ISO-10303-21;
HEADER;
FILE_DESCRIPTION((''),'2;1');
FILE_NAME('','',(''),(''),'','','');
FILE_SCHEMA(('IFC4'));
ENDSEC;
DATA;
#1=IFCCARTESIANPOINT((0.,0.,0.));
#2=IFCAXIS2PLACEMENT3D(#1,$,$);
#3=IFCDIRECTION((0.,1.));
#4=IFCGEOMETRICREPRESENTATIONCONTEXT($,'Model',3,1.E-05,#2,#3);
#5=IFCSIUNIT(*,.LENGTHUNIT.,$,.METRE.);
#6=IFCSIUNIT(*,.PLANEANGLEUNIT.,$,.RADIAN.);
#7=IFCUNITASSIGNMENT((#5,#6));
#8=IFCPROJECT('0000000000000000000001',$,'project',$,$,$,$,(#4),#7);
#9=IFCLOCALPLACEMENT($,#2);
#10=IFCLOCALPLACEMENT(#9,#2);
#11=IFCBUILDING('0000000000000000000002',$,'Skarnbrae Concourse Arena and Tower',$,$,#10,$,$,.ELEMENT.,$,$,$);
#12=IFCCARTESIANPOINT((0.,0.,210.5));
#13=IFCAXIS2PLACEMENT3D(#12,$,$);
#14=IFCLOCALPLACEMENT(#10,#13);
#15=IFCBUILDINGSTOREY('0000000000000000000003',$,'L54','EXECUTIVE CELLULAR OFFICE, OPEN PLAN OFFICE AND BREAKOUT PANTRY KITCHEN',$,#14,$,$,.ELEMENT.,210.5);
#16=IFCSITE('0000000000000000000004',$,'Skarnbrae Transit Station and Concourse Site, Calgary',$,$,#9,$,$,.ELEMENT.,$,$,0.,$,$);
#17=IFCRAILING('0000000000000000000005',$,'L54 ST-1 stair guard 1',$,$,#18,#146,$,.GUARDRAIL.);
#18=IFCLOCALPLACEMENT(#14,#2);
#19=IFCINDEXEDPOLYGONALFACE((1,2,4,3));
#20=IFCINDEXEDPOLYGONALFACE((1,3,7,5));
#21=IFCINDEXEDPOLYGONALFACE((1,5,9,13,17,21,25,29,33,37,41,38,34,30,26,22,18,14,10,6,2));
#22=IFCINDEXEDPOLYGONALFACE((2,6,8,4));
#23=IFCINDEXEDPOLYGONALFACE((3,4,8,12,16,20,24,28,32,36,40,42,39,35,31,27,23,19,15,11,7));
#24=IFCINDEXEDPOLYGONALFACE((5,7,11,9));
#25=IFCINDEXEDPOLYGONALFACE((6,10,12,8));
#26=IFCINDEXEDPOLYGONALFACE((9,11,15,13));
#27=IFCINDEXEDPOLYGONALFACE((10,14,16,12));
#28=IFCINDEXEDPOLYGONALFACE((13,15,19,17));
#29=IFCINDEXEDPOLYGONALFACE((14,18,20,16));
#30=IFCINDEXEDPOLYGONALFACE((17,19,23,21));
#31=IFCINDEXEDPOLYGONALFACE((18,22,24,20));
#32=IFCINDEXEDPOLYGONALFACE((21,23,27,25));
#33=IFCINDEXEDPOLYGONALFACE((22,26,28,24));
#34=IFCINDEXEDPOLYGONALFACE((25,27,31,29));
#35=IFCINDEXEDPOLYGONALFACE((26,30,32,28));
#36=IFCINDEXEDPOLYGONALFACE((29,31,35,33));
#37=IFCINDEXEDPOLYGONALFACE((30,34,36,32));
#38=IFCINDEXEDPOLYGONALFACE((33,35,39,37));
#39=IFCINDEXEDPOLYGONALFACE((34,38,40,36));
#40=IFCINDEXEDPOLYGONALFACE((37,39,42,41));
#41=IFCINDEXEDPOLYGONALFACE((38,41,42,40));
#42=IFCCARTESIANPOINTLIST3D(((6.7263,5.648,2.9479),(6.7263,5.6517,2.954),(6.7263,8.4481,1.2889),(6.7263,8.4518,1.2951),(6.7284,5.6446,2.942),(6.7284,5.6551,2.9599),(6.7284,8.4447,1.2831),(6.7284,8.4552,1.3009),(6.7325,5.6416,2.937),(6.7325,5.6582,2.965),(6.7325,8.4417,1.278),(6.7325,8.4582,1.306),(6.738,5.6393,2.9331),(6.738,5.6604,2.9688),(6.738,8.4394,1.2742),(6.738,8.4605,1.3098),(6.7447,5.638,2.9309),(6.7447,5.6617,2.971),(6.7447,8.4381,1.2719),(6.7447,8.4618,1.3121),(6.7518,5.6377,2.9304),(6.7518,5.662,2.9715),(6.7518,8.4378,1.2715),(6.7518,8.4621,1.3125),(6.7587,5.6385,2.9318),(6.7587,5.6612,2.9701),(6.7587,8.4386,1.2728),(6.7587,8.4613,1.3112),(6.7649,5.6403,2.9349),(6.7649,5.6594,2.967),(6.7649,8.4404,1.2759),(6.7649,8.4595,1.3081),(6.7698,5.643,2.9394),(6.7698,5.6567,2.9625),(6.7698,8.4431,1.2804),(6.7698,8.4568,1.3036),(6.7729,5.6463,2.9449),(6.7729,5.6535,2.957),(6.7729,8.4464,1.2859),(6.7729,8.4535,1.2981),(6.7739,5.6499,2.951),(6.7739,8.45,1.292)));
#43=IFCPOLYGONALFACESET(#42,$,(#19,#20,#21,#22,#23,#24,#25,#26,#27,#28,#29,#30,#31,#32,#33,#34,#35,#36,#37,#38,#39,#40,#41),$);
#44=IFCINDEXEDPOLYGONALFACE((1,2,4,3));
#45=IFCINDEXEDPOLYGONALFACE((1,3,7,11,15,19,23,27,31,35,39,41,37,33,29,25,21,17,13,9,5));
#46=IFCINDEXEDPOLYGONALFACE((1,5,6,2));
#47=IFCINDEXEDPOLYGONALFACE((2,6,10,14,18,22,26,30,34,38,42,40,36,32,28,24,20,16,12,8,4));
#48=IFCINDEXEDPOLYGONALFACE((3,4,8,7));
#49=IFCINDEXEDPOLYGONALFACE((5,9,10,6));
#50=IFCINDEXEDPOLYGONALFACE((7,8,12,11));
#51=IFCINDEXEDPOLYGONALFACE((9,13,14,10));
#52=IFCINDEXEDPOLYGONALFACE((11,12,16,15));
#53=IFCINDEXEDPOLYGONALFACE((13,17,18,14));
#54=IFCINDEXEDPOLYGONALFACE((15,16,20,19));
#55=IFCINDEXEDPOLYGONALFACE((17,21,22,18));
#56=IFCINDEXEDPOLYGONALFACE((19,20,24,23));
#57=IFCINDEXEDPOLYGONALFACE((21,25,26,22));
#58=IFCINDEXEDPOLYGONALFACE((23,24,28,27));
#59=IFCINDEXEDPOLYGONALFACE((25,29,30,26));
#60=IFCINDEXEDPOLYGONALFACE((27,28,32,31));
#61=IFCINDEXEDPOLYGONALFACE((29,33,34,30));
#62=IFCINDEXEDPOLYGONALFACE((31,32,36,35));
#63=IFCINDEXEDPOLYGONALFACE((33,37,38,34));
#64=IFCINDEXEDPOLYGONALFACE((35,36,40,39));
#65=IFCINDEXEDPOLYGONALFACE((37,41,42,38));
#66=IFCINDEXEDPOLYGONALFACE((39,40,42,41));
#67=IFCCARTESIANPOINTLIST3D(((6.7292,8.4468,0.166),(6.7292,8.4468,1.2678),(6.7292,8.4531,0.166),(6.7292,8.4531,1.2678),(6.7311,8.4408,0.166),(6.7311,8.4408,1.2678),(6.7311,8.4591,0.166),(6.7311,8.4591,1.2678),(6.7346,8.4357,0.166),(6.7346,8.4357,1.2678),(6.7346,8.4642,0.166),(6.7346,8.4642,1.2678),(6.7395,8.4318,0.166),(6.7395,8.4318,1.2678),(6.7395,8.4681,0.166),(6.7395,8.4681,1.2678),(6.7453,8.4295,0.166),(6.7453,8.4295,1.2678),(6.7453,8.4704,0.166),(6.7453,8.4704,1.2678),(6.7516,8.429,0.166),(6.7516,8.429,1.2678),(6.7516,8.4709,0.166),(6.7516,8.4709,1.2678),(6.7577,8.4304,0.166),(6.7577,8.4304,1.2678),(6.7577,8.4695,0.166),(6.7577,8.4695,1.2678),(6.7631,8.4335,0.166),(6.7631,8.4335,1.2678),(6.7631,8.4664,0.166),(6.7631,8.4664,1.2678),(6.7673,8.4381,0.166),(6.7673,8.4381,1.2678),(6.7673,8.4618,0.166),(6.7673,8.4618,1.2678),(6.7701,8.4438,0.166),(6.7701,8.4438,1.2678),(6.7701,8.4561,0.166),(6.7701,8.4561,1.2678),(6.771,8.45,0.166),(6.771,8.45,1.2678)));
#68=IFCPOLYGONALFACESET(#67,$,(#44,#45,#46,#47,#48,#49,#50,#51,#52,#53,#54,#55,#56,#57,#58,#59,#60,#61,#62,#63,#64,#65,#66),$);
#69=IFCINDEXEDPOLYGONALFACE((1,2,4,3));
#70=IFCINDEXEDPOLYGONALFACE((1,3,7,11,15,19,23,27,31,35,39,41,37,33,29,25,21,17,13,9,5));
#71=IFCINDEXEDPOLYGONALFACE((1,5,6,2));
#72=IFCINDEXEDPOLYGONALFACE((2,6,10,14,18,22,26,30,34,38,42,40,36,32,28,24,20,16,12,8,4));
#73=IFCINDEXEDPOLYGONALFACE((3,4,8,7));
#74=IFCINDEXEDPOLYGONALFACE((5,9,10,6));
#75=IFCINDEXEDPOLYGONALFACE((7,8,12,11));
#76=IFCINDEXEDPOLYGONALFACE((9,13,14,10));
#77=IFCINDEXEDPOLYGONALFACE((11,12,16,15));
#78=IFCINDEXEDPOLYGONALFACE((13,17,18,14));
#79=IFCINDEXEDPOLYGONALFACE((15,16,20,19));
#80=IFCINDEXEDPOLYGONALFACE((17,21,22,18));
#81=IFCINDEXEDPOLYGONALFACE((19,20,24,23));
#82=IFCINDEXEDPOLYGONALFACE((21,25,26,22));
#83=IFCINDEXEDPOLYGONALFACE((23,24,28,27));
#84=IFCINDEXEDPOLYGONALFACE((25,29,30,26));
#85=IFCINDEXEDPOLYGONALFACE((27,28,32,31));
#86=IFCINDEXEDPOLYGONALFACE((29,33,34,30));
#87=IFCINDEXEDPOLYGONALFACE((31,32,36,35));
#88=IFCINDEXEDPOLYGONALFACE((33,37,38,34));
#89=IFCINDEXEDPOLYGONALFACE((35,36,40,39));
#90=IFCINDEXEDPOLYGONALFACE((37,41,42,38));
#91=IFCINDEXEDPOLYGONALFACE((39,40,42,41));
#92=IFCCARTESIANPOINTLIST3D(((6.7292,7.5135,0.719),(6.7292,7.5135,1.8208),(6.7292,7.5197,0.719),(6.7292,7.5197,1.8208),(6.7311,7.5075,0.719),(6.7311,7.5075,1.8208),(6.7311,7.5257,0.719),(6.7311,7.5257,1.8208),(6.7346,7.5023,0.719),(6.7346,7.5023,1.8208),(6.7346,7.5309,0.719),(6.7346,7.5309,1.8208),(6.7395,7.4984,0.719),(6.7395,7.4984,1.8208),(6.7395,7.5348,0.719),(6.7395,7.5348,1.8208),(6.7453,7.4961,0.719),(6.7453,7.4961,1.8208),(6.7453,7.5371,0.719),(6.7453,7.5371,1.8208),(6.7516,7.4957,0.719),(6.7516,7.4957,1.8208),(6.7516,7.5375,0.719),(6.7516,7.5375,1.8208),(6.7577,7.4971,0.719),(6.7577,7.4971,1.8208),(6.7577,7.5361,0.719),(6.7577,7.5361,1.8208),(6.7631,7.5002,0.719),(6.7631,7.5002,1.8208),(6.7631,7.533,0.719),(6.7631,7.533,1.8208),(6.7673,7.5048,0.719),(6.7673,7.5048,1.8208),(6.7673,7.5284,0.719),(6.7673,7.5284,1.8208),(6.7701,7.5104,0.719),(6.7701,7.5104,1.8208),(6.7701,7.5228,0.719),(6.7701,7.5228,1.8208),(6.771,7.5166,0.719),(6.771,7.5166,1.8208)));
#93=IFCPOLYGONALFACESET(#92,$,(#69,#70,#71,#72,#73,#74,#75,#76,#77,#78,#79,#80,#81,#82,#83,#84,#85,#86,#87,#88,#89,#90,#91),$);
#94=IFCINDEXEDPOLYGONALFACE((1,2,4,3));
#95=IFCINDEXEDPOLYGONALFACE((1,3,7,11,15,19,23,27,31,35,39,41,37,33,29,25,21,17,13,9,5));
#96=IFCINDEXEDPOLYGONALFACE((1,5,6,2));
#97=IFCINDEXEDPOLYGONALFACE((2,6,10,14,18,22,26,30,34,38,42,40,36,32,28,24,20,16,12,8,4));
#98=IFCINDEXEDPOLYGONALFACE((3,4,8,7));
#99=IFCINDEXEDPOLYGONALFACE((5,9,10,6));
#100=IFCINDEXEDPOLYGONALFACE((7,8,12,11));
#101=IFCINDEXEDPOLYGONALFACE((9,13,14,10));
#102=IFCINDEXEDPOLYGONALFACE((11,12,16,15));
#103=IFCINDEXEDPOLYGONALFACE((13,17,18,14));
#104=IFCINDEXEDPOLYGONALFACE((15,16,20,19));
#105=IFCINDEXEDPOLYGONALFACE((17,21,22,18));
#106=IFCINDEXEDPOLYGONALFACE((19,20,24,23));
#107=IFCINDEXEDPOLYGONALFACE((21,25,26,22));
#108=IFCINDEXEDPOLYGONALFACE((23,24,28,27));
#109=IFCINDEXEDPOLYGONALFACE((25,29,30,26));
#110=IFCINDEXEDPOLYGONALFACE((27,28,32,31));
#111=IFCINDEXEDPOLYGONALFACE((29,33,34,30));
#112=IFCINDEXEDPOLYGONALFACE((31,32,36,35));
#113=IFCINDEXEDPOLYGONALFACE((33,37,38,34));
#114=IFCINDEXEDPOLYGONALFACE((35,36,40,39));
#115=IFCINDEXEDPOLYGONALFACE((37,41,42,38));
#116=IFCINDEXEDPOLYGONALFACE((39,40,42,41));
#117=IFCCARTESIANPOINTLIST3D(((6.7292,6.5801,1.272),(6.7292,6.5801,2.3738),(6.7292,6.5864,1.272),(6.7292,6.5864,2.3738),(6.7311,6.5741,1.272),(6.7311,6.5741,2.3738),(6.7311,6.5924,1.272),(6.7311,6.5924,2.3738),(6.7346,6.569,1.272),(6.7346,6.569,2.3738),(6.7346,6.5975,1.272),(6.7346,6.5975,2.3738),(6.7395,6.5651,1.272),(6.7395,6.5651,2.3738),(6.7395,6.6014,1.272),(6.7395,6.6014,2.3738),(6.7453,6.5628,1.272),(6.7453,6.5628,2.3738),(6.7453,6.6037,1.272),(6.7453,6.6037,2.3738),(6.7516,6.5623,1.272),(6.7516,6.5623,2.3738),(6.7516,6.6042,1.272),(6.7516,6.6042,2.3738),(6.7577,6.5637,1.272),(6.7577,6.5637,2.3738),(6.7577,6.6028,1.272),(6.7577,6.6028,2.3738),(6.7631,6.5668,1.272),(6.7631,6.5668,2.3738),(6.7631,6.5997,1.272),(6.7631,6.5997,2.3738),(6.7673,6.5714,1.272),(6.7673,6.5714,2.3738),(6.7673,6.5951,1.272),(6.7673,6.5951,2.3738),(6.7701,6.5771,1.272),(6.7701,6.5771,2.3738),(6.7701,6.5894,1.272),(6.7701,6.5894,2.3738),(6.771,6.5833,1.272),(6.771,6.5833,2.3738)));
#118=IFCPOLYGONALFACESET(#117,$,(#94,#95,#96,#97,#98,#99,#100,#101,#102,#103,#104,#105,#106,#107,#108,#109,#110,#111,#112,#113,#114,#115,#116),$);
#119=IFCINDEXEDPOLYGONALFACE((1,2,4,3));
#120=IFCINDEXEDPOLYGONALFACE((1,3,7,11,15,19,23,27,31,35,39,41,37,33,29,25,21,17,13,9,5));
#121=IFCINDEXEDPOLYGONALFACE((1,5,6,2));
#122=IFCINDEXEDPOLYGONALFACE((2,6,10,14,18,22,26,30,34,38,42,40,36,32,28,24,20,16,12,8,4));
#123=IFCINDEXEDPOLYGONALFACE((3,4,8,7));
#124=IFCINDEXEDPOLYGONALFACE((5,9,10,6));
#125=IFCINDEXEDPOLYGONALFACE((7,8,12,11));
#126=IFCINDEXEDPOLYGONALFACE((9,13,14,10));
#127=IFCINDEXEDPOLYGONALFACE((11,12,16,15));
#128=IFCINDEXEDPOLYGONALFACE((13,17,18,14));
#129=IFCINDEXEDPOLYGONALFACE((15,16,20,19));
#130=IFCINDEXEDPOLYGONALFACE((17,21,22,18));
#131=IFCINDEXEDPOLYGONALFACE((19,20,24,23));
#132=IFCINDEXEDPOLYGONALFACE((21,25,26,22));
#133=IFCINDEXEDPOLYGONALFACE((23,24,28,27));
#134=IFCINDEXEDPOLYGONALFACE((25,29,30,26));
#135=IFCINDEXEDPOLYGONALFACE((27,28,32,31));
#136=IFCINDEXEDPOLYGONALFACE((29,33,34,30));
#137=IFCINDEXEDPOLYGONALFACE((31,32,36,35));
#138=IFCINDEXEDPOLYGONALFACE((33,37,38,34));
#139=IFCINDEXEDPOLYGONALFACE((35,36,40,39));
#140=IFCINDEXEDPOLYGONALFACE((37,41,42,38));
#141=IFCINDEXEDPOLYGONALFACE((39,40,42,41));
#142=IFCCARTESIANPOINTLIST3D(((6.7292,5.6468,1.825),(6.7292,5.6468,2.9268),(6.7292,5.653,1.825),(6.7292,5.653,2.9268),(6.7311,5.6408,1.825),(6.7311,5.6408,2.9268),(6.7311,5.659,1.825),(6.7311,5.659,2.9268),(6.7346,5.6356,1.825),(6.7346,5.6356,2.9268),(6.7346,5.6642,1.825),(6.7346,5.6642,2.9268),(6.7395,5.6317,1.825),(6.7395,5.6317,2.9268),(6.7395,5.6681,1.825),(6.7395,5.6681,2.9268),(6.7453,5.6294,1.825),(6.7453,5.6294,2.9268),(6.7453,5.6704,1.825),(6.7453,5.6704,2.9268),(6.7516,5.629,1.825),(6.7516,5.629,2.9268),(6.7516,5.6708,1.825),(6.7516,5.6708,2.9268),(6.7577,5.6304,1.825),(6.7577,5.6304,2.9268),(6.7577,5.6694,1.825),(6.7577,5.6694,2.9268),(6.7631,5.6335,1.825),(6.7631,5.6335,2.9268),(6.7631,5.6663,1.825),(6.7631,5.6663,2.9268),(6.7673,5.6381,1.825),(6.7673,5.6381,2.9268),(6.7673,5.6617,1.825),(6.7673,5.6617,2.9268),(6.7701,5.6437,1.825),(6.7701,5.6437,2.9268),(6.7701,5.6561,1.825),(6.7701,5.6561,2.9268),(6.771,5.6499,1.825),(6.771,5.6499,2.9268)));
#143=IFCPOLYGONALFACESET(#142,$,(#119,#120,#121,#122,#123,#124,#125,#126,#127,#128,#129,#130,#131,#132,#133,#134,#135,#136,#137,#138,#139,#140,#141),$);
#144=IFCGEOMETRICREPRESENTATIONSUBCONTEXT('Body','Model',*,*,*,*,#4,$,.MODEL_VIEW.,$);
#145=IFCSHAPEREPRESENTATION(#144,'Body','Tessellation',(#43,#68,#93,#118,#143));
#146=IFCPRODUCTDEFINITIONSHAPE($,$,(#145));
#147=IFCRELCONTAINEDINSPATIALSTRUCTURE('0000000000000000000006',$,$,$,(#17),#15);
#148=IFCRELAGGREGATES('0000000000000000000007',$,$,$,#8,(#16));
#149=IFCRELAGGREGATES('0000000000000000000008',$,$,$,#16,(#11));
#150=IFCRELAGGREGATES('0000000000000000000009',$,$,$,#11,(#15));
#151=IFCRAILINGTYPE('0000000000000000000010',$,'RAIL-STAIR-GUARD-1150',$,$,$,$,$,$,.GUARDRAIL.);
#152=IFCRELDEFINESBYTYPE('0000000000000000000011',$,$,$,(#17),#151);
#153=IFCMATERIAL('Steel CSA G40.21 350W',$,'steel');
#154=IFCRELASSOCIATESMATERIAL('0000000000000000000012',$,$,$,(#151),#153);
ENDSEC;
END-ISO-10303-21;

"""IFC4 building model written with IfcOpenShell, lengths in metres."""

from ifc_helpers import new_model, si_unit, direction, frame, origin, origin_2d, place, context, subcontext, project, spatial, circle, extrude, material, type_object, element, save


model = new_model("IFC4")

# Units and contexts
model_context = context("Model", 3, precision=1e-05, world=origin(), true_north=direction((0.0, 1.0)))
body_context = subcontext(model_context, "Body", "Model", "MODEL_VIEW")
ifc_project = project(units=[si_unit("LENGTHUNIT", "METRE"), si_unit("PLANEANGLEUNIT", "RADIAN")], contexts=[model_context])

# Site, building, storey
site_placement = place(None, origin())
site = spatial("IfcSite", under=ifc_project, at=site_placement, Name="Skarnbrae Transit Station and Concourse Site, Calgary", CompositionType="ELEMENT", RefElevation=0.0)
building_placement = place(site_placement, origin())
building = spatial("IfcBuilding", under=site, at=building_placement, Name="Skarnbrae Concourse Arena and Tower", CompositionType="ELEMENT")
storey_placement = place(building_placement, frame((0.0, 0.0, 210.5)))
storey = spatial("IfcBuildingStorey", under=building, at=storey_placement, Name="L54", Description="EXECUTIVE CELLULAR OFFICE, OPEN PLAN OFFICE AND BREAKOUT PANTRY KITCHEN", CompositionType="ELEMENT", Elevation=210.5)

# Shared definitions
ifc_material_1 = material(Name="Steel CSA G40.21 350W", Category="steel")

# Railing
railing_type_1 = type_object("IfcRailingType", Name="RAIL-STAIR-GUARD-1150", PredefinedType="GUARDRAIL", material=ifc_material_1)
railing_1_placement = place(storey_placement, frame((6.75, 8.45, 0.166)))
element("IfcRailing", 1, at=railing_1_placement, inside=storey, type_object=railing_type_1, Name="L54 ST-1 stair guard 1", PredefinedType="GUARDRAIL", context=body_context, shape_type="SweptSolid", body=[
    extrude(circle(Radius=0.0239, at=origin_2d()), frame((0.0, 0.0, 1.126), z_axis=(0.0, -0.860339, 0.509722), x_axis=(1.0, 0.0, 0.0)), (0.0, 0.0, 1.0), 3.2546),
    extrude(circle(Radius=0.021, at=origin_2d()), origin(), (0.0, 0.0, 1.0), 1.1018),
    extrude(circle(Radius=0.021, at=origin_2d()), frame((0.0, -0.9333, 0.553)), (0.0, 0.0, 1.0), 1.1018),
    extrude(circle(Radius=0.021, at=origin_2d()), frame((0.0, -1.8667, 1.106)), (0.0, 0.0, 1.0), 1.1018),
    extrude(circle(Radius=0.021, at=origin_2d()), frame((0.0, -2.8, 1.6589)), (0.0, 0.0, 1.0), 1.1018),
])

save(model, "model.ifc")
